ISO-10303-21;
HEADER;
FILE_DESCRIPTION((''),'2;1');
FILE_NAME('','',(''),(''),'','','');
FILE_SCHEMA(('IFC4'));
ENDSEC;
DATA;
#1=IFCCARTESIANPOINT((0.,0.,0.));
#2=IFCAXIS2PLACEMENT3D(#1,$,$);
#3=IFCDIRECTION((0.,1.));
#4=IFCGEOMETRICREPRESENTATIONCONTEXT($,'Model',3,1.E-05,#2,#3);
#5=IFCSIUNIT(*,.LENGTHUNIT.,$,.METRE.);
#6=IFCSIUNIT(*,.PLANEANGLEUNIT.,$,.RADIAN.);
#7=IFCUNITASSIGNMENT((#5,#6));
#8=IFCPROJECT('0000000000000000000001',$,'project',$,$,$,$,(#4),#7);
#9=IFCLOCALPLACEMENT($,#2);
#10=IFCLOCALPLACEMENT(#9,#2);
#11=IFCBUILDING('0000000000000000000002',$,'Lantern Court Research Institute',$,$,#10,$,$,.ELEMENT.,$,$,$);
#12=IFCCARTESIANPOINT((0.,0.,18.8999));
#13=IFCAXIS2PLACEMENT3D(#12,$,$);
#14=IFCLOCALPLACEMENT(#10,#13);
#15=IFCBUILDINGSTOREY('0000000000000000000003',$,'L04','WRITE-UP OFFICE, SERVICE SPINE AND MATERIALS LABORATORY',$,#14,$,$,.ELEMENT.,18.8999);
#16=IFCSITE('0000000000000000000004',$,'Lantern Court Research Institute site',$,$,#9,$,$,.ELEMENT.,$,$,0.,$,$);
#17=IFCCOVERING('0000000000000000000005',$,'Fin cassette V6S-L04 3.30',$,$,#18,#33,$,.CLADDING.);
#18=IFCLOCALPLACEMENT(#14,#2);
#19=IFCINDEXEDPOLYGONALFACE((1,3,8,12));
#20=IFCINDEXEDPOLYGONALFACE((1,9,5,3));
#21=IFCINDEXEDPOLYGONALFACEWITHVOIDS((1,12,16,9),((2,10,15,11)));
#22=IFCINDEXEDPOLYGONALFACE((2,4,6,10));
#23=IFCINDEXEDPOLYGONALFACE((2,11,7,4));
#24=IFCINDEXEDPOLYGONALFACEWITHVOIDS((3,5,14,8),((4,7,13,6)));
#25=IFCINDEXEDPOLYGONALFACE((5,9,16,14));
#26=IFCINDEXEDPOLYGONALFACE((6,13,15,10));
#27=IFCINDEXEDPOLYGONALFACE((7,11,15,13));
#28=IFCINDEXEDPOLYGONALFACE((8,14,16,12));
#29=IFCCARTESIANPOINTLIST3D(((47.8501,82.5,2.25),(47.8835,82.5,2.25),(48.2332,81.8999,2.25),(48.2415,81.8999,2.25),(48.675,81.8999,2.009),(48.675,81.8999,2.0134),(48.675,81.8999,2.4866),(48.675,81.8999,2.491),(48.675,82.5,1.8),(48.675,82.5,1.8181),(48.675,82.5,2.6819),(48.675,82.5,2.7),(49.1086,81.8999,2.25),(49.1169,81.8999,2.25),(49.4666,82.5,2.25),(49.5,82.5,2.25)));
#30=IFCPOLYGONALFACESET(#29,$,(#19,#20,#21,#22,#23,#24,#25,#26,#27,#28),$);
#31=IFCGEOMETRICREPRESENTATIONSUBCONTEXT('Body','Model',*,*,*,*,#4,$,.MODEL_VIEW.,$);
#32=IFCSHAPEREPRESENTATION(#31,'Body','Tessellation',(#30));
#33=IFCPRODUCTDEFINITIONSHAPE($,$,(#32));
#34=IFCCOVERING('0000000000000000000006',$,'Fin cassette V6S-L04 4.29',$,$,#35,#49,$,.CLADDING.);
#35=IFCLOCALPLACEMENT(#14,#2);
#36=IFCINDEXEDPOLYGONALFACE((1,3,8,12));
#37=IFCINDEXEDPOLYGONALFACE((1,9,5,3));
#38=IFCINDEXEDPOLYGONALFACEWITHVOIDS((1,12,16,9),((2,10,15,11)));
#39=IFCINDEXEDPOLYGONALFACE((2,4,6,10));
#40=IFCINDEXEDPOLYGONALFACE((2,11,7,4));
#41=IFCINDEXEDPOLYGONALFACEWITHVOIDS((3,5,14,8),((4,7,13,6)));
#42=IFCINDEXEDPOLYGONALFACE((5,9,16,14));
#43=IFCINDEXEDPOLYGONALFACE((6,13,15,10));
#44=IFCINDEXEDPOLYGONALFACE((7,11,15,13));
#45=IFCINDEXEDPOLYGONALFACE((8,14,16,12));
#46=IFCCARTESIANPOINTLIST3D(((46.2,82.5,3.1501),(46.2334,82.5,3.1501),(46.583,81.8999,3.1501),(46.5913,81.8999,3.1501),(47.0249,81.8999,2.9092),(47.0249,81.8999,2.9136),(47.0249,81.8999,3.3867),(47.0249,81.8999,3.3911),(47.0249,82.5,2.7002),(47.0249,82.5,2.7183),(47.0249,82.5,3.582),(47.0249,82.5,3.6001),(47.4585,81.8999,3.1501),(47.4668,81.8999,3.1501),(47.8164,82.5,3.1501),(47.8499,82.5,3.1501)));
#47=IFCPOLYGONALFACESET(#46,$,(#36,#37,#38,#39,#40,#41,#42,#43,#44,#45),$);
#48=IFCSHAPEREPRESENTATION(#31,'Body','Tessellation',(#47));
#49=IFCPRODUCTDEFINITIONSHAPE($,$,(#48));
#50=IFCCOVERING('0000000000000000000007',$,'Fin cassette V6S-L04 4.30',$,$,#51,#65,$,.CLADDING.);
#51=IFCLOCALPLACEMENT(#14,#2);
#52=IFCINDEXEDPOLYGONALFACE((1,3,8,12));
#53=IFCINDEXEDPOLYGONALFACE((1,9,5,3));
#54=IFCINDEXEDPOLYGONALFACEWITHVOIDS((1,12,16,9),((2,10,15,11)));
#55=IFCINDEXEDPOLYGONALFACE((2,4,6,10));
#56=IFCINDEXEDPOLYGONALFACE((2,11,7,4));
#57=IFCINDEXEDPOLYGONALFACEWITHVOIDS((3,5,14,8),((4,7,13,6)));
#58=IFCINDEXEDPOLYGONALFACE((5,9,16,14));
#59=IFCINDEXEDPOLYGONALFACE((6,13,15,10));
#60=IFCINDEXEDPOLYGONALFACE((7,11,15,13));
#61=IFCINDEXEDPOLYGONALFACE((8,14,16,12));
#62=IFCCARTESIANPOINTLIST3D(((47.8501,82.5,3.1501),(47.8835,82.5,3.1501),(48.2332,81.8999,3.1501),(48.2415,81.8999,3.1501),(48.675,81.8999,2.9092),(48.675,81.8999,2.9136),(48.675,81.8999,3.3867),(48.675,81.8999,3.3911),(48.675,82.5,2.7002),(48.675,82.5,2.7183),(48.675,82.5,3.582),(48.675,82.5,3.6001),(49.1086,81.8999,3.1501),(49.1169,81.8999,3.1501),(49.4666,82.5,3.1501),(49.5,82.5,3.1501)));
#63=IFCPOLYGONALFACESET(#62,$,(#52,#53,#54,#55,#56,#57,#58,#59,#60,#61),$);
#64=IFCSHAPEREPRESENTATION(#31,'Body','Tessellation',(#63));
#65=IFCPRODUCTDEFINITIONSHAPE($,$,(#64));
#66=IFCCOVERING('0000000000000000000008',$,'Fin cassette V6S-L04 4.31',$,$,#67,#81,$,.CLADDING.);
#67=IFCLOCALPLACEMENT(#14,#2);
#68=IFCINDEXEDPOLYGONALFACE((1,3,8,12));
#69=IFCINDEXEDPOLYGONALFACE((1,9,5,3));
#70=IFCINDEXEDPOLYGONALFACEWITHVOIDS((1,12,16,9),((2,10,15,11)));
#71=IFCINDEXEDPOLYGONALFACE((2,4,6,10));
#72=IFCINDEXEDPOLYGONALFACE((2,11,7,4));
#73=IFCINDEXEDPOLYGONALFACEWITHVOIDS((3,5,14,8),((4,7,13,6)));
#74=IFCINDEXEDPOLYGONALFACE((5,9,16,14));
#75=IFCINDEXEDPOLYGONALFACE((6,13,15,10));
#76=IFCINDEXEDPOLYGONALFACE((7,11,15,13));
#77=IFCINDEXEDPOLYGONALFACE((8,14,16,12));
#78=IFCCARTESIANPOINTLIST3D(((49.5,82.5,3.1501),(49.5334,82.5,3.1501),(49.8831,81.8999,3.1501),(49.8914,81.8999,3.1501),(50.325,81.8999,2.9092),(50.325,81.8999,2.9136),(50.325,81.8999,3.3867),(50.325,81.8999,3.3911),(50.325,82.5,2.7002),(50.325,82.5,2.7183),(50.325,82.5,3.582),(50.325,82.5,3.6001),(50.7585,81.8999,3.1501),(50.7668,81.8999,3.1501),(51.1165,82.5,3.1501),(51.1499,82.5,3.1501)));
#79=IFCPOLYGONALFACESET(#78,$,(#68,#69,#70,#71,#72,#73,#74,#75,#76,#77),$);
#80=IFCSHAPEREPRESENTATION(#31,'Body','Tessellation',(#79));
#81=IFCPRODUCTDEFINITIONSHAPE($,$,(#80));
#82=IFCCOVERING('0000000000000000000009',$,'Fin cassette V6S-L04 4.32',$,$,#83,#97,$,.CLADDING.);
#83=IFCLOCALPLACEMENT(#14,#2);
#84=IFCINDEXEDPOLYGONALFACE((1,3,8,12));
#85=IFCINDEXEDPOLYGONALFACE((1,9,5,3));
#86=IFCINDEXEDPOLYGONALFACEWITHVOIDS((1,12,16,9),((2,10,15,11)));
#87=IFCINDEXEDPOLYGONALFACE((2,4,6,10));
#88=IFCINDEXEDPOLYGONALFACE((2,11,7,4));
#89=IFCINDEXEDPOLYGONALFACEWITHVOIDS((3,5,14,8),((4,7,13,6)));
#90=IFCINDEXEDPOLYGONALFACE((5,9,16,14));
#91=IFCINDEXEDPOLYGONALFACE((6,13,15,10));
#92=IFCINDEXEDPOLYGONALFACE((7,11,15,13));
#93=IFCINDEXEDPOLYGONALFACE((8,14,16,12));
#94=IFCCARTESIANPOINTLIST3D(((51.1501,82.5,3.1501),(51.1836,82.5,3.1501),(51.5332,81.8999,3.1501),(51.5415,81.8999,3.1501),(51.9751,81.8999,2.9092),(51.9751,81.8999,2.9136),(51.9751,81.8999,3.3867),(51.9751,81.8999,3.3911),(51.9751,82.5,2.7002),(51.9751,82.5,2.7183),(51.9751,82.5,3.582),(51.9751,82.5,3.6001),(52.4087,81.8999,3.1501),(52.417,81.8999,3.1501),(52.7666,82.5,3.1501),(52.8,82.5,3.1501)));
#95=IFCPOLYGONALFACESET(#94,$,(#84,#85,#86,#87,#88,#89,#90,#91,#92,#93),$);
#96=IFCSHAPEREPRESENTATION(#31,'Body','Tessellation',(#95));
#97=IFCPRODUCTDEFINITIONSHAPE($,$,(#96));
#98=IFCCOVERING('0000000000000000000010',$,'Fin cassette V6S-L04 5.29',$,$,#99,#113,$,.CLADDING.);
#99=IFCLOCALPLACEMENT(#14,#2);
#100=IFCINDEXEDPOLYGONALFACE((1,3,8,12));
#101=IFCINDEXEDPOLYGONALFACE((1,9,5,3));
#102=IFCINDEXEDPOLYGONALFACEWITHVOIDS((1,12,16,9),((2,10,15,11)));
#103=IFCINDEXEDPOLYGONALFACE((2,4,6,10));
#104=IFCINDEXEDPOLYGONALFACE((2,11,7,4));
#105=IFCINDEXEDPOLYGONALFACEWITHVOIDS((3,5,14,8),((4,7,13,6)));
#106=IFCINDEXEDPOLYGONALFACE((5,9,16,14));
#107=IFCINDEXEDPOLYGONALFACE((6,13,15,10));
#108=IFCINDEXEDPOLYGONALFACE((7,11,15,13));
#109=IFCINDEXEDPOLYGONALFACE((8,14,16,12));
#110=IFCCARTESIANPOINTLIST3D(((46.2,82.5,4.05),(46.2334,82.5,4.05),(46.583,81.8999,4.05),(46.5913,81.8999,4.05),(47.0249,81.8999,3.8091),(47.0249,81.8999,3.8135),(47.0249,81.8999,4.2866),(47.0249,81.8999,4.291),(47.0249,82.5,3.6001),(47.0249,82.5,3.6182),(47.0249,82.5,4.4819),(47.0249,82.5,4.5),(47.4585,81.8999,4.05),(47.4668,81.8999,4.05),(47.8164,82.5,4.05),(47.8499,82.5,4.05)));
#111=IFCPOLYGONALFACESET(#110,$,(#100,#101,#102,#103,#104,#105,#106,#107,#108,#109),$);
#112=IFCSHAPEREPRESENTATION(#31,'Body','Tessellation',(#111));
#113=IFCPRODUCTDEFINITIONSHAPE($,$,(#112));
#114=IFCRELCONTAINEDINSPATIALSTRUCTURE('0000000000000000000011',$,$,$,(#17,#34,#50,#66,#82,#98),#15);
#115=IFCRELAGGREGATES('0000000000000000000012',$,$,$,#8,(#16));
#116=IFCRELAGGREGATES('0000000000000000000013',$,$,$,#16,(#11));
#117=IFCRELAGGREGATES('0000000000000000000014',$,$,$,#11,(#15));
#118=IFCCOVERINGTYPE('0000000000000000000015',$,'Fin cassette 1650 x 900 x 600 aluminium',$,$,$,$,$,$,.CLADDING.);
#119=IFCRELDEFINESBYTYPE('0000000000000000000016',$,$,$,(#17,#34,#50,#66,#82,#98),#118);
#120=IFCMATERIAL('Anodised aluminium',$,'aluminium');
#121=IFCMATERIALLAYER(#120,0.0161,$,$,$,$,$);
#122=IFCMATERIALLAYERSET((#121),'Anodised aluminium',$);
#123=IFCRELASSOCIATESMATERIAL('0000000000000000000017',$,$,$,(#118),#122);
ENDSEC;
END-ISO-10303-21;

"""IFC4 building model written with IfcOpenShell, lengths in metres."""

from ifc_helpers import new_model, entity, si_unit, direction, frame, origin, place, context, subcontext, project, spatial, material, layer, layer_set, type_object, element, save


model = new_model("IFC4")

# Units and contexts
model_context = context("Model", 3, precision=1e-05, world=origin(), true_north=direction((0.0, 1.0)))
body_context = subcontext(model_context, "Body", "Model", "MODEL_VIEW")
ifc_project = project(units=[si_unit("LENGTHUNIT", "METRE"), si_unit("PLANEANGLEUNIT", "RADIAN")], contexts=[model_context])

# Site, building, storey
site_placement = place(None, origin())
site = spatial("IfcSite", under=ifc_project, at=site_placement, Name="Lantern Court Research Institute site", CompositionType="ELEMENT", RefElevation=0.0)
building_placement = place(site_placement, origin())
building = spatial("IfcBuilding", under=site, at=building_placement, Name="Lantern Court Research Institute", CompositionType="ELEMENT")
storey_placement = place(building_placement, frame((0.0, 0.0, 18.8999)))
storey = spatial("IfcBuildingStorey", under=building, at=storey_placement, Name="L04", Description="WRITE-UP OFFICE, SERVICE SPINE AND MATERIALS LABORATORY", CompositionType="ELEMENT", Elevation=18.8999)

# Coverings
ifc_material_1 = material(Name="Anodised aluminium", Category="aluminium")
ifc_layer_1 = layer(ifc_material_1, 0.0161)
ifc_layer_set_1 = layer_set([ifc_layer_1], Name="Anodised aluminium")
covering_type = type_object("IfcCoveringType", Name="Fin cassette 1650 x 900 x 600 aluminium", PredefinedType="CLADDING", material=ifc_layer_set_1)
covering_1_placement = place(storey_placement, frame((48.675, 82.5, 2.25), z_axis=(0.0, -1.0, 0.0), x_axis=(1.0, 0.0, 0.0)))
cartesian_point_1 = entity("IfcCartesianPoint", [0.825, 0.0])
cartesian_point_2 = entity("IfcCartesianPoint", [0.7915, 0.0])
cartesian_point_3 = entity("IfcCartesianPoint", [0.4419, 0.0])
cartesian_point_4 = entity("IfcCartesianPoint", [0.4336, 0.0])
element("IfcCovering", 1, at=covering_1_placement, inside=storey, type_object=covering_type, Name="Fin cassette V6S-L04 3.30", PredefinedType="CLADDING", context=body_context, shape_type="SweptSolid", body=[
    entity("IfcExtrudedAreaSolidTapered", entity("IfcArbitraryProfileDefWithVoids", "AREA", None, entity("IfcPolyline", [cartesian_point_1, entity("IfcCartesianPoint", [0.0, 0.45]), entity("IfcCartesianPoint", [-0.825, 0.0]), entity("IfcCartesianPoint", [0.0, -0.45]), cartesian_point_1]), [entity("IfcPolyline", [cartesian_point_2, entity("IfcCartesianPoint", [0.0, 0.4319]), entity("IfcCartesianPoint", [-0.7915, 0.0]), entity("IfcCartesianPoint", [0.0, -0.4319]), cartesian_point_2])]), entity("IfcAxis2Placement3D", entity("IfcCartesianPoint", [0.0, 0.0, 0.0])), entity("IfcDirection", [0.0, 0.0, 1.0]), 0.6001, entity("IfcArbitraryProfileDefWithVoids", "AREA", None, entity("IfcPolyline", [cartesian_point_3, entity("IfcCartesianPoint", [0.0, 0.241]), entity("IfcCartesianPoint", [-0.4419, 0.0]), entity("IfcCartesianPoint", [0.0, -0.241]), cartesian_point_3]), [entity("IfcPolyline", [cartesian_point_4, entity("IfcCartesianPoint", [0.0, 0.2366]), entity("IfcCartesianPoint", [-0.4336, 0.0]), entity("IfcCartesianPoint", [0.0, -0.2366]), cartesian_point_4])])),
])
covering_2_placement = place(storey_placement, frame((47.0249, 82.5, 3.1501), z_axis=(0.0, -1.0, 0.0), x_axis=(1.0, 0.0, 0.0)))
cartesian_point_5 = entity("IfcCartesianPoint", [0.825, 0.0])
cartesian_point_6 = entity("IfcCartesianPoint", [0.7915, 0.0])
cartesian_point_7 = entity("IfcCartesianPoint", [0.4419, 0.0])
cartesian_point_8 = entity("IfcCartesianPoint", [0.4336, 0.0])
element("IfcCovering", 2, at=covering_2_placement, inside=storey, type_object=covering_type, Name="Fin cassette V6S-L04 4.29", PredefinedType="CLADDING", context=body_context, shape_type="SweptSolid", body=[
    entity("IfcExtrudedAreaSolidTapered", entity("IfcArbitraryProfileDefWithVoids", "AREA", None, entity("IfcPolyline", [cartesian_point_5, entity("IfcCartesianPoint", [0.0, 0.45]), entity("IfcCartesianPoint", [-0.825, 0.0]), entity("IfcCartesianPoint", [0.0, -0.45]), cartesian_point_5]), [entity("IfcPolyline", [cartesian_point_6, entity("IfcCartesianPoint", [0.0, 0.4319]), entity("IfcCartesianPoint", [-0.7915, 0.0]), entity("IfcCartesianPoint", [0.0, -0.4319]), cartesian_point_6])]), entity("IfcAxis2Placement3D", entity("IfcCartesianPoint", [0.0, 0.0, 0.0])), entity("IfcDirection", [0.0, 0.0, 1.0]), 0.6001, entity("IfcArbitraryProfileDefWithVoids", "AREA", None, entity("IfcPolyline", [cartesian_point_7, entity("IfcCartesianPoint", [0.0, 0.241]), entity("IfcCartesianPoint", [-0.4419, 0.0]), entity("IfcCartesianPoint", [0.0, -0.241]), cartesian_point_7]), [entity("IfcPolyline", [cartesian_point_8, entity("IfcCartesianPoint", [0.0, 0.2366]), entity("IfcCartesianPoint", [-0.4336, 0.0]), entity("IfcCartesianPoint", [0.0, -0.2366]), cartesian_point_8])])),
])
covering_3_placement = place(storey_placement, frame((48.675, 82.5, 3.1501), z_axis=(0.0, -1.0, 0.0), x_axis=(1.0, 0.0, 0.0)))
cartesian_point_9 = entity("IfcCartesianPoint", [0.825, 0.0])
cartesian_point_10 = entity("IfcCartesianPoint", [0.7915, 0.0])
cartesian_point_11 = entity("IfcCartesianPoint", [0.4419, 0.0])
cartesian_point_12 = entity("IfcCartesianPoint", [0.4336, 0.0])
element("IfcCovering", 3, at=covering_3_placement, inside=storey, type_object=covering_type, Name="Fin cassette V6S-L04 4.30", PredefinedType="CLADDING", context=body_context, shape_type="SweptSolid", body=[
    entity("IfcExtrudedAreaSolidTapered", entity("IfcArbitraryProfileDefWithVoids", "AREA", None, entity("IfcPolyline", [cartesian_point_9, entity("IfcCartesianPoint", [0.0, 0.45]), entity("IfcCartesianPoint", [-0.825, 0.0]), entity("IfcCartesianPoint", [0.0, -0.45]), cartesian_point_9]), [entity("IfcPolyline", [cartesian_point_10, entity("IfcCartesianPoint", [0.0, 0.4319]), entity("IfcCartesianPoint", [-0.7915, 0.0]), entity("IfcCartesianPoint", [0.0, -0.4319]), cartesian_point_10])]), entity("IfcAxis2Placement3D", entity("IfcCartesianPoint", [0.0, 0.0, 0.0])), entity("IfcDirection", [0.0, 0.0, 1.0]), 0.6001, entity("IfcArbitraryProfileDefWithVoids", "AREA", None, entity("IfcPolyline", [cartesian_point_11, entity("IfcCartesianPoint", [0.0, 0.241]), entity("IfcCartesianPoint", [-0.4419, 0.0]), entity("IfcCartesianPoint", [0.0, -0.241]), cartesian_point_11]), [entity("IfcPolyline", [cartesian_point_12, entity("IfcCartesianPoint", [0.0, 0.2366]), entity("IfcCartesianPoint", [-0.4336, 0.0]), entity("IfcCartesianPoint", [0.0, -0.2366]), cartesian_point_12])])),
])
covering_4_placement = place(storey_placement, frame((50.325, 82.5, 3.1501), z_axis=(0.0, -1.0, 0.0), x_axis=(1.0, 0.0, 0.0)))
cartesian_point_13 = entity("IfcCartesianPoint", [0.825, 0.0])
cartesian_point_14 = entity("IfcCartesianPoint", [0.7915, 0.0])
cartesian_point_15 = entity("IfcCartesianPoint", [0.4419, 0.0])
cartesian_point_16 = entity("IfcCartesianPoint", [0.4336, 0.0])
element("IfcCovering", 4, at=covering_4_placement, inside=storey, type_object=covering_type, Name="Fin cassette V6S-L04 4.31", PredefinedType="CLADDING", context=body_context, shape_type="SweptSolid", body=[
    entity("IfcExtrudedAreaSolidTapered", entity("IfcArbitraryProfileDefWithVoids", "AREA", None, entity("IfcPolyline", [cartesian_point_13, entity("IfcCartesianPoint", [0.0, 0.45]), entity("IfcCartesianPoint", [-0.825, 0.0]), entity("IfcCartesianPoint", [0.0, -0.45]), cartesian_point_13]), [entity("IfcPolyline", [cartesian_point_14, entity("IfcCartesianPoint", [0.0, 0.4319]), entity("IfcCartesianPoint", [-0.7915, 0.0]), entity("IfcCartesianPoint", [0.0, -0.4319]), cartesian_point_14])]), entity("IfcAxis2Placement3D", entity("IfcCartesianPoint", [0.0, 0.0, 0.0])), entity("IfcDirection", [0.0, 0.0, 1.0]), 0.6001, entity("IfcArbitraryProfileDefWithVoids", "AREA", None, entity("IfcPolyline", [cartesian_point_15, entity("IfcCartesianPoint", [0.0, 0.241]), entity("IfcCartesianPoint", [-0.4419, 0.0]), entity("IfcCartesianPoint", [0.0, -0.241]), cartesian_point_15]), [entity("IfcPolyline", [cartesian_point_16, entity("IfcCartesianPoint", [0.0, 0.2366]), entity("IfcCartesianPoint", [-0.4336, 0.0]), entity("IfcCartesianPoint", [0.0, -0.2366]), cartesian_point_16])])),
])
covering_5_placement = place(storey_placement, frame((51.9751, 82.5, 3.1501), z_axis=(0.0, -1.0, 0.0), x_axis=(1.0, 0.0, 0.0)))
cartesian_point_17 = entity("IfcCartesianPoint", [0.825, 0.0])
cartesian_point_18 = entity("IfcCartesianPoint", [0.7915, 0.0])
cartesian_point_19 = entity("IfcCartesianPoint", [0.4419, 0.0])
cartesian_point_20 = entity("IfcCartesianPoint", [0.4336, 0.0])
element("IfcCovering", 5, at=covering_5_placement, inside=storey, type_object=covering_type, Name="Fin cassette V6S-L04 4.32", PredefinedType="CLADDING", context=body_context, shape_type="SweptSolid", body=[
    entity("IfcExtrudedAreaSolidTapered", entity("IfcArbitraryProfileDefWithVoids", "AREA", None, entity("IfcPolyline", [cartesian_point_17, entity("IfcCartesianPoint", [0.0, 0.45]), entity("IfcCartesianPoint", [-0.825, 0.0]), entity("IfcCartesianPoint", [0.0, -0.45]), cartesian_point_17]), [entity("IfcPolyline", [cartesian_point_18, entity("IfcCartesianPoint", [0.0, 0.4319]), entity("IfcCartesianPoint", [-0.7915, 0.0]), entity("IfcCartesianPoint", [0.0, -0.4319]), cartesian_point_18])]), entity("IfcAxis2Placement3D", entity("IfcCartesianPoint", [0.0, 0.0, 0.0])), entity("IfcDirection", [0.0, 0.0, 1.0]), 0.6001, entity("IfcArbitraryProfileDefWithVoids", "AREA", None, entity("IfcPolyline", [cartesian_point_19, entity("IfcCartesianPoint", [0.0, 0.241]), entity("IfcCartesianPoint", [-0.4419, 0.0]), entity("IfcCartesianPoint", [0.0, -0.241]), cartesian_point_19]), [entity("IfcPolyline", [cartesian_point_20, entity("IfcCartesianPoint", [0.0, 0.2366]), entity("IfcCartesianPoint", [-0.4336, 0.0]), entity("IfcCartesianPoint", [0.0, -0.2366]), cartesian_point_20])])),
])
covering_6_placement = place(storey_placement, frame((47.0249, 82.5, 4.05), z_axis=(0.0, -1.0, 0.0), x_axis=(1.0, 0.0, 0.0)))
cartesian_point_21 = entity("IfcCartesianPoint", [0.825, 0.0])
cartesian_point_22 = entity("IfcCartesianPoint", [0.7915, 0.0])
cartesian_point_23 = entity("IfcCartesianPoint", [0.4419, 0.0])
cartesian_point_24 = entity("IfcCartesianPoint", [0.4336, 0.0])
element("IfcCovering", 6, at=covering_6_placement, inside=storey, type_object=covering_type, Name="Fin cassette V6S-L04 5.29", PredefinedType="CLADDING", context=body_context, shape_type="SweptSolid", body=[
    entity("IfcExtrudedAreaSolidTapered", entity("IfcArbitraryProfileDefWithVoids", "AREA", None, entity("IfcPolyline", [cartesian_point_21, entity("IfcCartesianPoint", [0.0, 0.45]), entity("IfcCartesianPoint", [-0.825, 0.0]), entity("IfcCartesianPoint", [0.0, -0.45]), cartesian_point_21]), [entity("IfcPolyline", [cartesian_point_22, entity("IfcCartesianPoint", [0.0, 0.4319]), entity("IfcCartesianPoint", [-0.7915, 0.0]), entity("IfcCartesianPoint", [0.0, -0.4319]), cartesian_point_22])]), entity("IfcAxis2Placement3D", entity("IfcCartesianPoint", [0.0, 0.0, 0.0])), entity("IfcDirection", [0.0, 0.0, 1.0]), 0.6001, entity("IfcArbitraryProfileDefWithVoids", "AREA", None, entity("IfcPolyline", [cartesian_point_23, entity("IfcCartesianPoint", [0.0, 0.241]), entity("IfcCartesianPoint", [-0.4419, 0.0]), entity("IfcCartesianPoint", [0.0, -0.241]), cartesian_point_23]), [entity("IfcPolyline", [cartesian_point_24, entity("IfcCartesianPoint", [0.0, 0.2366]), entity("IfcCartesianPoint", [-0.4336, 0.0]), entity("IfcCartesianPoint", [0.0, -0.2366]), cartesian_point_24])])),
])

save(model, "model.ifc")
